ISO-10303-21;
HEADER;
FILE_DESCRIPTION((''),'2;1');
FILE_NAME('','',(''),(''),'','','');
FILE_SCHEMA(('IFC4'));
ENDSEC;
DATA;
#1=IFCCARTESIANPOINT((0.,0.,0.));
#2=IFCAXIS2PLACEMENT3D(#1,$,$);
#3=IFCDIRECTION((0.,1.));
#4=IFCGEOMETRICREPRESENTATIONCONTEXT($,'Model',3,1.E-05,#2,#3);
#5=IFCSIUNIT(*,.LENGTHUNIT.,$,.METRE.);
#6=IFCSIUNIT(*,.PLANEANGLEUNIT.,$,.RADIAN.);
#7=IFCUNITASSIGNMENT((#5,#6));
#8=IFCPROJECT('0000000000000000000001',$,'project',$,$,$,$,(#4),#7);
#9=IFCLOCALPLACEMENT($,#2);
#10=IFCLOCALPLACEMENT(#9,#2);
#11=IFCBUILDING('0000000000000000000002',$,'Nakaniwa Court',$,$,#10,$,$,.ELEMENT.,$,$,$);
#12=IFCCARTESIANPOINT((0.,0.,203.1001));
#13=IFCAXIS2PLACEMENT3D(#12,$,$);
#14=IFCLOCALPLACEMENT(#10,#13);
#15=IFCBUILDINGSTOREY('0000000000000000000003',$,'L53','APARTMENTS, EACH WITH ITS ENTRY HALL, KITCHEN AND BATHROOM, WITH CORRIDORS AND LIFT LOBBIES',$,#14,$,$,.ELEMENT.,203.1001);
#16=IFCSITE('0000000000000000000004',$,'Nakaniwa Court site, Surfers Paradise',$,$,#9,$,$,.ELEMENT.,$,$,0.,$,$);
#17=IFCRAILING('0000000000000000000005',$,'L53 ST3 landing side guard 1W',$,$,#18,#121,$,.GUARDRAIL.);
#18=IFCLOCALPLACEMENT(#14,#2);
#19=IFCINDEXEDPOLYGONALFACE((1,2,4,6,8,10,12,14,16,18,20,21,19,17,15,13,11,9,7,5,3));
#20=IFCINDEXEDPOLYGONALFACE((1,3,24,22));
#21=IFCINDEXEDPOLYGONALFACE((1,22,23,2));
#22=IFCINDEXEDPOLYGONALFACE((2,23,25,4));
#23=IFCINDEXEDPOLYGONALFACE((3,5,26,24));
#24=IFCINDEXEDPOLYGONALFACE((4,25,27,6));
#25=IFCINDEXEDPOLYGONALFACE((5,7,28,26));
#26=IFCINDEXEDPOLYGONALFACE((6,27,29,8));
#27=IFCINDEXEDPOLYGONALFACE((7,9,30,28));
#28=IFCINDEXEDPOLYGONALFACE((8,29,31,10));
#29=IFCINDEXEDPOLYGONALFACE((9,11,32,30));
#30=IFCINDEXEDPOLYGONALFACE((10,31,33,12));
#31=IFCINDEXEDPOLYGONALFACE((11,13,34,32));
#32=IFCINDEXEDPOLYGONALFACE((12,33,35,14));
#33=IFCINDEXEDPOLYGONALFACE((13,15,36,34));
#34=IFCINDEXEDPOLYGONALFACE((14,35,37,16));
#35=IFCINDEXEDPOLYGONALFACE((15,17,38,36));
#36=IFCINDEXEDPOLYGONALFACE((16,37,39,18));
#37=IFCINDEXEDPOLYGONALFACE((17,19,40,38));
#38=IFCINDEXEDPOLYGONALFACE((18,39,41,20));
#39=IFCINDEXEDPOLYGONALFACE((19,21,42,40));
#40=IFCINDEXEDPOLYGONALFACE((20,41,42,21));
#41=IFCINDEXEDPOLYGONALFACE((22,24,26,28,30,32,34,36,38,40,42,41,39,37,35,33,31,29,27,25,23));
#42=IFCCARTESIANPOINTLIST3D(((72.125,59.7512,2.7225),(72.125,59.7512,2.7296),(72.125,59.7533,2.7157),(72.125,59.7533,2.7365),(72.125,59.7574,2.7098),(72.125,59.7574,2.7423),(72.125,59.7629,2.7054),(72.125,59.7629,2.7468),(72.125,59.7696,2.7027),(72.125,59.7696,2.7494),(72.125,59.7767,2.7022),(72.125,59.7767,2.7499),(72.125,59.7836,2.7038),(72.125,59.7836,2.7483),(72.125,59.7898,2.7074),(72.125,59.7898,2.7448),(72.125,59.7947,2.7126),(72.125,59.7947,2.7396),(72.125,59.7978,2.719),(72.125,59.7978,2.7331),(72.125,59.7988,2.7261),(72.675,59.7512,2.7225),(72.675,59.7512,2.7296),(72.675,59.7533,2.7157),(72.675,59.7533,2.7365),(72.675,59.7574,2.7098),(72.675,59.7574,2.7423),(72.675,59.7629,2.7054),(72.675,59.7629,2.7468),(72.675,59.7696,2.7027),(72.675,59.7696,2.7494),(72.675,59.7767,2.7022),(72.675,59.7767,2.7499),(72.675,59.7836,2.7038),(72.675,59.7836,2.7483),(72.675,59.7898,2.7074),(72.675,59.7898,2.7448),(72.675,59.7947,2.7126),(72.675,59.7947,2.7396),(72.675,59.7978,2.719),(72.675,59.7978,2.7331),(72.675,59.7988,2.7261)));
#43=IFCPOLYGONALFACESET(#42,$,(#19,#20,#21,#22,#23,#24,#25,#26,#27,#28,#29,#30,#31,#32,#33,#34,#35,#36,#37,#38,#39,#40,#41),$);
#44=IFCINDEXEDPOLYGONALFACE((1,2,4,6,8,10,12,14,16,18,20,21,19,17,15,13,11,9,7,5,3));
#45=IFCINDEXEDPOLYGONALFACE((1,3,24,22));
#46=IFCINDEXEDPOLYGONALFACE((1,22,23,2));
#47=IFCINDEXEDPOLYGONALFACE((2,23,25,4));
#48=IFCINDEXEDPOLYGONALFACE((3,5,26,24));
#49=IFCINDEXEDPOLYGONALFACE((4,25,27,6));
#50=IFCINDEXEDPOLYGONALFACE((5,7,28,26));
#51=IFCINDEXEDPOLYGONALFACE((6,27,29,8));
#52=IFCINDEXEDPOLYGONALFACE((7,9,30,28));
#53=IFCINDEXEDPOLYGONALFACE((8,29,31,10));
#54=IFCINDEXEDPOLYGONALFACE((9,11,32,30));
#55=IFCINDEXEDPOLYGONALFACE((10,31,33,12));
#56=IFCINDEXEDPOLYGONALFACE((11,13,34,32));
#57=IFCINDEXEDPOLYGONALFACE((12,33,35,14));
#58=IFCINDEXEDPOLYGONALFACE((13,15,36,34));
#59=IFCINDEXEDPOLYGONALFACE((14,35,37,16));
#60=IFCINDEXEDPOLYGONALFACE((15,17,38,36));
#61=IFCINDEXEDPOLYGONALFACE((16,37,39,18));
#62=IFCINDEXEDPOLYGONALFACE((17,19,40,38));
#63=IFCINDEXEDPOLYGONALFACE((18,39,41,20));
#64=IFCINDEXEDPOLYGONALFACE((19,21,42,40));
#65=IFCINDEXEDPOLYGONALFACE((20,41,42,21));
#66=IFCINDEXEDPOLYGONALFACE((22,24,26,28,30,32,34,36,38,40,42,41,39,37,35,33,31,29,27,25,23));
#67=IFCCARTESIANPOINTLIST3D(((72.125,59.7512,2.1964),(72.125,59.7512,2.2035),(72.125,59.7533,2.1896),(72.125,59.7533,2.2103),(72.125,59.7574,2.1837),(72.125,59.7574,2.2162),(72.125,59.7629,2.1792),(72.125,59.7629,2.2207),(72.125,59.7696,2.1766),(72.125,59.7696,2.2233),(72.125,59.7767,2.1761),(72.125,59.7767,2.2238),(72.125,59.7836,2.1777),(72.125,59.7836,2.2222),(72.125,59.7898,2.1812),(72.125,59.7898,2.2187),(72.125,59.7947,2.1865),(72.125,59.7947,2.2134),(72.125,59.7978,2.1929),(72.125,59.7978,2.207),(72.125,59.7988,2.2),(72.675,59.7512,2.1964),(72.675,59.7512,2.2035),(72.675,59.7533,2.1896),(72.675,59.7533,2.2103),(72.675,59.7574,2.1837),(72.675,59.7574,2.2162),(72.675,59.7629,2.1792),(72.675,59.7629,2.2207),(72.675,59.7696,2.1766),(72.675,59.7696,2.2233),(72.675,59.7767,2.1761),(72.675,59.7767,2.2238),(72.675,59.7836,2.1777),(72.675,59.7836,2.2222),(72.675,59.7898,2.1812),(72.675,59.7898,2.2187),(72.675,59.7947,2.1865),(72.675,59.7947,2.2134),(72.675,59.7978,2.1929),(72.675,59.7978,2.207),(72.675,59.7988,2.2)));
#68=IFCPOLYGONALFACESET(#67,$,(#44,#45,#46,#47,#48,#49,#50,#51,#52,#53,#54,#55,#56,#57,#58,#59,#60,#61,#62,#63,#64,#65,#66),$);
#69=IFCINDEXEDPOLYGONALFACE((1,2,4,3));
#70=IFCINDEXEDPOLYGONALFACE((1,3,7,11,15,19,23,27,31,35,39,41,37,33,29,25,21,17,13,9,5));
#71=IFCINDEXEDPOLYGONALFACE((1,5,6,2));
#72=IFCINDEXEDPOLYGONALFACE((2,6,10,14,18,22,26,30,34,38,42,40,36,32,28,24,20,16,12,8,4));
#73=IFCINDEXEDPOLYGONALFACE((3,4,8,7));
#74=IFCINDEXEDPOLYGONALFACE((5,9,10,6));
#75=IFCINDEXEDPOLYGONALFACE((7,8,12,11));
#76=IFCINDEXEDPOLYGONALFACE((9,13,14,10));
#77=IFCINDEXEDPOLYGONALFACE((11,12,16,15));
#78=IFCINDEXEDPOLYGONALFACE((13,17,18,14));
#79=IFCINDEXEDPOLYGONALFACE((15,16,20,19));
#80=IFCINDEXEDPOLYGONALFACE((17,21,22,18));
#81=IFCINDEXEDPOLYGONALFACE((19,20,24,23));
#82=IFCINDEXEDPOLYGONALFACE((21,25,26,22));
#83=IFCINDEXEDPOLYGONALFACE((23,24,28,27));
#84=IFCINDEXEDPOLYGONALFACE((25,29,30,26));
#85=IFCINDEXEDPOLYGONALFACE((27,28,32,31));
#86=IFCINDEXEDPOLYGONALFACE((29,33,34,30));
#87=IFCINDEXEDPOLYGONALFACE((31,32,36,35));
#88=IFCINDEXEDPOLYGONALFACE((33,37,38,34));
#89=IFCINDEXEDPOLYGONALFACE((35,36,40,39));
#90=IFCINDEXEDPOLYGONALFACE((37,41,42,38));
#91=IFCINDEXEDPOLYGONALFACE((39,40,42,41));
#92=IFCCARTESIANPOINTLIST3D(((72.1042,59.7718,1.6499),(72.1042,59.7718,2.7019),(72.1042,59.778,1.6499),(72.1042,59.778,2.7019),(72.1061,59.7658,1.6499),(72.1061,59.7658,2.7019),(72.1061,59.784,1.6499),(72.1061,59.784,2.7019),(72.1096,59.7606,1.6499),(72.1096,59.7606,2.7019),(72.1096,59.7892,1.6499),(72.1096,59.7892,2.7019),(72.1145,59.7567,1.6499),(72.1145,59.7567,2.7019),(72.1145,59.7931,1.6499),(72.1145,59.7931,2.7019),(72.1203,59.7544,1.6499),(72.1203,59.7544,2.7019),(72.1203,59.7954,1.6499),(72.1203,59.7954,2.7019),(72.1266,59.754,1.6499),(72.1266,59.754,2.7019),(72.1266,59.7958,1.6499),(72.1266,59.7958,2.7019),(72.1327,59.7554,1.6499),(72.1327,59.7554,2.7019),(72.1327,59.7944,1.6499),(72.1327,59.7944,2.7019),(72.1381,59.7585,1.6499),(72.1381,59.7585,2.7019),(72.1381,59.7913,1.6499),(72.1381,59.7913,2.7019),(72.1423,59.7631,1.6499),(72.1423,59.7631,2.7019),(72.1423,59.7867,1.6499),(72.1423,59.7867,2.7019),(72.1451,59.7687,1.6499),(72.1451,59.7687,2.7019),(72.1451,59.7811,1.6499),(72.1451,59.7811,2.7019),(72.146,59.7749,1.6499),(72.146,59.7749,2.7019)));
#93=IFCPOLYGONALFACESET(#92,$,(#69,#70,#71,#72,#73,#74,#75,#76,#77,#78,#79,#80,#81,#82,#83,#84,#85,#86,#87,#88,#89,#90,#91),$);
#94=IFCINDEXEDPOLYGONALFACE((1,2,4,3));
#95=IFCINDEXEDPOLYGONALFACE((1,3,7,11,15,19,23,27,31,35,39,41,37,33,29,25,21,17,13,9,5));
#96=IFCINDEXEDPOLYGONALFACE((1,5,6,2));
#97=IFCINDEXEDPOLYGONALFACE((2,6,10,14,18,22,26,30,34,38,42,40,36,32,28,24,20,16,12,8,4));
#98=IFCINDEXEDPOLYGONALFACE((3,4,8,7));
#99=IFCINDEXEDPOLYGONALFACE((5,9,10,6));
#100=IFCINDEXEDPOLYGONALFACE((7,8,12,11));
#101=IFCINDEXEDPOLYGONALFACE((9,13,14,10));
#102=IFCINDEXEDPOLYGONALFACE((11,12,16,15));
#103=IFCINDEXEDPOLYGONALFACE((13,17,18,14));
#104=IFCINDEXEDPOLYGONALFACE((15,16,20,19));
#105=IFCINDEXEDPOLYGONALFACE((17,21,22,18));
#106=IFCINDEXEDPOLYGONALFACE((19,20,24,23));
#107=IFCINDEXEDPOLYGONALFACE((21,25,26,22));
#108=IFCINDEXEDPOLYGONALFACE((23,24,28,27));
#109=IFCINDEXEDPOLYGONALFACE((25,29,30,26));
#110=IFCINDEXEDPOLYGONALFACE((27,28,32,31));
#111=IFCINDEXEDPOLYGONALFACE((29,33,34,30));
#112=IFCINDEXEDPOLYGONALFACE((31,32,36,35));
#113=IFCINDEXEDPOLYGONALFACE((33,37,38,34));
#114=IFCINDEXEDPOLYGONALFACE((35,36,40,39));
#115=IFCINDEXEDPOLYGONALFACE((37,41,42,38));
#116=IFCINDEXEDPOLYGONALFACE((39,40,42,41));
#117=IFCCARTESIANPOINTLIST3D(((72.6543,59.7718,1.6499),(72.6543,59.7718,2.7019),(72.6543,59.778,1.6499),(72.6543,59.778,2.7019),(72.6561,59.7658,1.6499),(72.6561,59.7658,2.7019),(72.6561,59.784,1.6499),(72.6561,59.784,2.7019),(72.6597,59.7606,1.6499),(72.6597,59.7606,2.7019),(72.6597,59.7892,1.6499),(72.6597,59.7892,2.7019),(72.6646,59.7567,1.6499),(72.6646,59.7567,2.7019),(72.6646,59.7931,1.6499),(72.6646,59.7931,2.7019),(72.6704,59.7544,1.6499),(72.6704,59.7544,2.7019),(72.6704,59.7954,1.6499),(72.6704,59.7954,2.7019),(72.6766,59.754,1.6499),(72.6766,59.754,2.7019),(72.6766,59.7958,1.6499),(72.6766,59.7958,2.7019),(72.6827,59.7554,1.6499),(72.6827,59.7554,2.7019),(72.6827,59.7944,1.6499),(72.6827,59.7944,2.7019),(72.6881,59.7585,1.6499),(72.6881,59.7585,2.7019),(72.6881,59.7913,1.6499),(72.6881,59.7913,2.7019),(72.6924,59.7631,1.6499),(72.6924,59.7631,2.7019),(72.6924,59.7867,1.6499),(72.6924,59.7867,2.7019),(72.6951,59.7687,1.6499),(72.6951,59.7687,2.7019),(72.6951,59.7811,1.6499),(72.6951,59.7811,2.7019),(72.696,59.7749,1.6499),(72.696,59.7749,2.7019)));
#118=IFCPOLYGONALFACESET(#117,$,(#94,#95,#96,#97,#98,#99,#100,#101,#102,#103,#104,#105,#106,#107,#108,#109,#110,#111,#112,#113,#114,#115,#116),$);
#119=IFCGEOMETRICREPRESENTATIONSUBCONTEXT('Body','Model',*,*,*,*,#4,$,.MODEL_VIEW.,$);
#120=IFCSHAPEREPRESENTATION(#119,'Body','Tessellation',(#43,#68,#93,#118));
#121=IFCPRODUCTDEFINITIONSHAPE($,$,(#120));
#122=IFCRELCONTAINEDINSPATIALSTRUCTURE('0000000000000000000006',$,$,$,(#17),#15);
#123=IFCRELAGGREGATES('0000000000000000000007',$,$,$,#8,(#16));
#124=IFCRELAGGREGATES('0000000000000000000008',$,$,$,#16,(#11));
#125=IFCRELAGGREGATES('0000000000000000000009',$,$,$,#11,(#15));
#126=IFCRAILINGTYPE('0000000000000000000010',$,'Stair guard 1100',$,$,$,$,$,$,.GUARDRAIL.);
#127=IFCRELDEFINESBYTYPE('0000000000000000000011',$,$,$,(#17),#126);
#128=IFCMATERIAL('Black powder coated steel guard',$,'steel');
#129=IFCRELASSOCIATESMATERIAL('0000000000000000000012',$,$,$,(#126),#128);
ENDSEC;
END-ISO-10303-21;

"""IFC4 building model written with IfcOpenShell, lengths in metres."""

from ifc_helpers import new_model, si_unit, direction, frame, origin, origin_2d, place, context, subcontext, project, spatial, circle, extrude, material, type_object, element, save


model = new_model("IFC4")

# Units and contexts
model_context = context("Model", 3, precision=1e-05, world=origin(), true_north=direction((0.0, 1.0)))
body_context = subcontext(model_context, "Body", "Model", "MODEL_VIEW")
ifc_project = project(units=[si_unit("LENGTHUNIT", "METRE"), si_unit("PLANEANGLEUNIT", "RADIAN")], contexts=[model_context])

# Site, building, storey
site_placement = place(None, origin())
site = spatial("IfcSite", under=ifc_project, at=site_placement, Name="Nakaniwa Court site, Surfers Paradise", CompositionType="ELEMENT", RefElevation=0.0)
building_placement = place(site_placement, origin())
building = spatial("IfcBuilding", under=site, at=building_placement, Name="Nakaniwa Court", CompositionType="ELEMENT")
storey_placement = place(building_placement, frame((0.0, 0.0, 203.1001)))
storey = spatial("IfcBuildingStorey", under=building, at=storey_placement, Name="L53", Description="APARTMENTS, EACH WITH ITS ENTRY HALL, KITCHEN AND BATHROOM, WITH CORRIDORS AND LIFT LOBBIES", CompositionType="ELEMENT", Elevation=203.1001)

# Railing
ifc_material_1 = material(Name="Black powder coated steel guard", Category="steel")
railing_type_1 = type_object("IfcRailingType", Name="Stair guard 1100", PredefinedType="GUARDRAIL", material=ifc_material_1)
for number, where, name in (
    (1, (72.125, 59.7749, 1.6499), "L53 ST3 landing side guard 1W"),
):
    element("IfcRailing", number, at=place(storey_placement, frame(where)), inside=storey, type_object=railing_type_1, Name=name, PredefinedType="GUARDRAIL", context=body_context, shape_type="SweptSolid", body=[
        extrude(circle(Radius=0.0239, at=origin_2d()), frame((0.0, 0.0, 1.0762), z_axis=(1.0, 0.0, 0.0), x_axis=(0.0, 1.0, 0.0)), (0.0, 0.0, 1.0), 0.55),
        extrude(circle(Radius=0.0239, at=origin_2d()), frame((0.0, 0.0, 0.55), z_axis=(1.0, 0.0, 0.0), x_axis=(0.0, 1.0, 0.0)), (0.0, 0.0, 1.0), 0.55),
        extrude(circle(Radius=0.021, at=origin_2d()), origin(), (0.0, 0.0, 1.0), 1.052),
        extrude(circle(Radius=0.021, at=origin_2d()), frame((0.55, 0.0, 0.0)), (0.0, 0.0, 1.0), 1.052),
    ])

save(model, "model.ifc")
